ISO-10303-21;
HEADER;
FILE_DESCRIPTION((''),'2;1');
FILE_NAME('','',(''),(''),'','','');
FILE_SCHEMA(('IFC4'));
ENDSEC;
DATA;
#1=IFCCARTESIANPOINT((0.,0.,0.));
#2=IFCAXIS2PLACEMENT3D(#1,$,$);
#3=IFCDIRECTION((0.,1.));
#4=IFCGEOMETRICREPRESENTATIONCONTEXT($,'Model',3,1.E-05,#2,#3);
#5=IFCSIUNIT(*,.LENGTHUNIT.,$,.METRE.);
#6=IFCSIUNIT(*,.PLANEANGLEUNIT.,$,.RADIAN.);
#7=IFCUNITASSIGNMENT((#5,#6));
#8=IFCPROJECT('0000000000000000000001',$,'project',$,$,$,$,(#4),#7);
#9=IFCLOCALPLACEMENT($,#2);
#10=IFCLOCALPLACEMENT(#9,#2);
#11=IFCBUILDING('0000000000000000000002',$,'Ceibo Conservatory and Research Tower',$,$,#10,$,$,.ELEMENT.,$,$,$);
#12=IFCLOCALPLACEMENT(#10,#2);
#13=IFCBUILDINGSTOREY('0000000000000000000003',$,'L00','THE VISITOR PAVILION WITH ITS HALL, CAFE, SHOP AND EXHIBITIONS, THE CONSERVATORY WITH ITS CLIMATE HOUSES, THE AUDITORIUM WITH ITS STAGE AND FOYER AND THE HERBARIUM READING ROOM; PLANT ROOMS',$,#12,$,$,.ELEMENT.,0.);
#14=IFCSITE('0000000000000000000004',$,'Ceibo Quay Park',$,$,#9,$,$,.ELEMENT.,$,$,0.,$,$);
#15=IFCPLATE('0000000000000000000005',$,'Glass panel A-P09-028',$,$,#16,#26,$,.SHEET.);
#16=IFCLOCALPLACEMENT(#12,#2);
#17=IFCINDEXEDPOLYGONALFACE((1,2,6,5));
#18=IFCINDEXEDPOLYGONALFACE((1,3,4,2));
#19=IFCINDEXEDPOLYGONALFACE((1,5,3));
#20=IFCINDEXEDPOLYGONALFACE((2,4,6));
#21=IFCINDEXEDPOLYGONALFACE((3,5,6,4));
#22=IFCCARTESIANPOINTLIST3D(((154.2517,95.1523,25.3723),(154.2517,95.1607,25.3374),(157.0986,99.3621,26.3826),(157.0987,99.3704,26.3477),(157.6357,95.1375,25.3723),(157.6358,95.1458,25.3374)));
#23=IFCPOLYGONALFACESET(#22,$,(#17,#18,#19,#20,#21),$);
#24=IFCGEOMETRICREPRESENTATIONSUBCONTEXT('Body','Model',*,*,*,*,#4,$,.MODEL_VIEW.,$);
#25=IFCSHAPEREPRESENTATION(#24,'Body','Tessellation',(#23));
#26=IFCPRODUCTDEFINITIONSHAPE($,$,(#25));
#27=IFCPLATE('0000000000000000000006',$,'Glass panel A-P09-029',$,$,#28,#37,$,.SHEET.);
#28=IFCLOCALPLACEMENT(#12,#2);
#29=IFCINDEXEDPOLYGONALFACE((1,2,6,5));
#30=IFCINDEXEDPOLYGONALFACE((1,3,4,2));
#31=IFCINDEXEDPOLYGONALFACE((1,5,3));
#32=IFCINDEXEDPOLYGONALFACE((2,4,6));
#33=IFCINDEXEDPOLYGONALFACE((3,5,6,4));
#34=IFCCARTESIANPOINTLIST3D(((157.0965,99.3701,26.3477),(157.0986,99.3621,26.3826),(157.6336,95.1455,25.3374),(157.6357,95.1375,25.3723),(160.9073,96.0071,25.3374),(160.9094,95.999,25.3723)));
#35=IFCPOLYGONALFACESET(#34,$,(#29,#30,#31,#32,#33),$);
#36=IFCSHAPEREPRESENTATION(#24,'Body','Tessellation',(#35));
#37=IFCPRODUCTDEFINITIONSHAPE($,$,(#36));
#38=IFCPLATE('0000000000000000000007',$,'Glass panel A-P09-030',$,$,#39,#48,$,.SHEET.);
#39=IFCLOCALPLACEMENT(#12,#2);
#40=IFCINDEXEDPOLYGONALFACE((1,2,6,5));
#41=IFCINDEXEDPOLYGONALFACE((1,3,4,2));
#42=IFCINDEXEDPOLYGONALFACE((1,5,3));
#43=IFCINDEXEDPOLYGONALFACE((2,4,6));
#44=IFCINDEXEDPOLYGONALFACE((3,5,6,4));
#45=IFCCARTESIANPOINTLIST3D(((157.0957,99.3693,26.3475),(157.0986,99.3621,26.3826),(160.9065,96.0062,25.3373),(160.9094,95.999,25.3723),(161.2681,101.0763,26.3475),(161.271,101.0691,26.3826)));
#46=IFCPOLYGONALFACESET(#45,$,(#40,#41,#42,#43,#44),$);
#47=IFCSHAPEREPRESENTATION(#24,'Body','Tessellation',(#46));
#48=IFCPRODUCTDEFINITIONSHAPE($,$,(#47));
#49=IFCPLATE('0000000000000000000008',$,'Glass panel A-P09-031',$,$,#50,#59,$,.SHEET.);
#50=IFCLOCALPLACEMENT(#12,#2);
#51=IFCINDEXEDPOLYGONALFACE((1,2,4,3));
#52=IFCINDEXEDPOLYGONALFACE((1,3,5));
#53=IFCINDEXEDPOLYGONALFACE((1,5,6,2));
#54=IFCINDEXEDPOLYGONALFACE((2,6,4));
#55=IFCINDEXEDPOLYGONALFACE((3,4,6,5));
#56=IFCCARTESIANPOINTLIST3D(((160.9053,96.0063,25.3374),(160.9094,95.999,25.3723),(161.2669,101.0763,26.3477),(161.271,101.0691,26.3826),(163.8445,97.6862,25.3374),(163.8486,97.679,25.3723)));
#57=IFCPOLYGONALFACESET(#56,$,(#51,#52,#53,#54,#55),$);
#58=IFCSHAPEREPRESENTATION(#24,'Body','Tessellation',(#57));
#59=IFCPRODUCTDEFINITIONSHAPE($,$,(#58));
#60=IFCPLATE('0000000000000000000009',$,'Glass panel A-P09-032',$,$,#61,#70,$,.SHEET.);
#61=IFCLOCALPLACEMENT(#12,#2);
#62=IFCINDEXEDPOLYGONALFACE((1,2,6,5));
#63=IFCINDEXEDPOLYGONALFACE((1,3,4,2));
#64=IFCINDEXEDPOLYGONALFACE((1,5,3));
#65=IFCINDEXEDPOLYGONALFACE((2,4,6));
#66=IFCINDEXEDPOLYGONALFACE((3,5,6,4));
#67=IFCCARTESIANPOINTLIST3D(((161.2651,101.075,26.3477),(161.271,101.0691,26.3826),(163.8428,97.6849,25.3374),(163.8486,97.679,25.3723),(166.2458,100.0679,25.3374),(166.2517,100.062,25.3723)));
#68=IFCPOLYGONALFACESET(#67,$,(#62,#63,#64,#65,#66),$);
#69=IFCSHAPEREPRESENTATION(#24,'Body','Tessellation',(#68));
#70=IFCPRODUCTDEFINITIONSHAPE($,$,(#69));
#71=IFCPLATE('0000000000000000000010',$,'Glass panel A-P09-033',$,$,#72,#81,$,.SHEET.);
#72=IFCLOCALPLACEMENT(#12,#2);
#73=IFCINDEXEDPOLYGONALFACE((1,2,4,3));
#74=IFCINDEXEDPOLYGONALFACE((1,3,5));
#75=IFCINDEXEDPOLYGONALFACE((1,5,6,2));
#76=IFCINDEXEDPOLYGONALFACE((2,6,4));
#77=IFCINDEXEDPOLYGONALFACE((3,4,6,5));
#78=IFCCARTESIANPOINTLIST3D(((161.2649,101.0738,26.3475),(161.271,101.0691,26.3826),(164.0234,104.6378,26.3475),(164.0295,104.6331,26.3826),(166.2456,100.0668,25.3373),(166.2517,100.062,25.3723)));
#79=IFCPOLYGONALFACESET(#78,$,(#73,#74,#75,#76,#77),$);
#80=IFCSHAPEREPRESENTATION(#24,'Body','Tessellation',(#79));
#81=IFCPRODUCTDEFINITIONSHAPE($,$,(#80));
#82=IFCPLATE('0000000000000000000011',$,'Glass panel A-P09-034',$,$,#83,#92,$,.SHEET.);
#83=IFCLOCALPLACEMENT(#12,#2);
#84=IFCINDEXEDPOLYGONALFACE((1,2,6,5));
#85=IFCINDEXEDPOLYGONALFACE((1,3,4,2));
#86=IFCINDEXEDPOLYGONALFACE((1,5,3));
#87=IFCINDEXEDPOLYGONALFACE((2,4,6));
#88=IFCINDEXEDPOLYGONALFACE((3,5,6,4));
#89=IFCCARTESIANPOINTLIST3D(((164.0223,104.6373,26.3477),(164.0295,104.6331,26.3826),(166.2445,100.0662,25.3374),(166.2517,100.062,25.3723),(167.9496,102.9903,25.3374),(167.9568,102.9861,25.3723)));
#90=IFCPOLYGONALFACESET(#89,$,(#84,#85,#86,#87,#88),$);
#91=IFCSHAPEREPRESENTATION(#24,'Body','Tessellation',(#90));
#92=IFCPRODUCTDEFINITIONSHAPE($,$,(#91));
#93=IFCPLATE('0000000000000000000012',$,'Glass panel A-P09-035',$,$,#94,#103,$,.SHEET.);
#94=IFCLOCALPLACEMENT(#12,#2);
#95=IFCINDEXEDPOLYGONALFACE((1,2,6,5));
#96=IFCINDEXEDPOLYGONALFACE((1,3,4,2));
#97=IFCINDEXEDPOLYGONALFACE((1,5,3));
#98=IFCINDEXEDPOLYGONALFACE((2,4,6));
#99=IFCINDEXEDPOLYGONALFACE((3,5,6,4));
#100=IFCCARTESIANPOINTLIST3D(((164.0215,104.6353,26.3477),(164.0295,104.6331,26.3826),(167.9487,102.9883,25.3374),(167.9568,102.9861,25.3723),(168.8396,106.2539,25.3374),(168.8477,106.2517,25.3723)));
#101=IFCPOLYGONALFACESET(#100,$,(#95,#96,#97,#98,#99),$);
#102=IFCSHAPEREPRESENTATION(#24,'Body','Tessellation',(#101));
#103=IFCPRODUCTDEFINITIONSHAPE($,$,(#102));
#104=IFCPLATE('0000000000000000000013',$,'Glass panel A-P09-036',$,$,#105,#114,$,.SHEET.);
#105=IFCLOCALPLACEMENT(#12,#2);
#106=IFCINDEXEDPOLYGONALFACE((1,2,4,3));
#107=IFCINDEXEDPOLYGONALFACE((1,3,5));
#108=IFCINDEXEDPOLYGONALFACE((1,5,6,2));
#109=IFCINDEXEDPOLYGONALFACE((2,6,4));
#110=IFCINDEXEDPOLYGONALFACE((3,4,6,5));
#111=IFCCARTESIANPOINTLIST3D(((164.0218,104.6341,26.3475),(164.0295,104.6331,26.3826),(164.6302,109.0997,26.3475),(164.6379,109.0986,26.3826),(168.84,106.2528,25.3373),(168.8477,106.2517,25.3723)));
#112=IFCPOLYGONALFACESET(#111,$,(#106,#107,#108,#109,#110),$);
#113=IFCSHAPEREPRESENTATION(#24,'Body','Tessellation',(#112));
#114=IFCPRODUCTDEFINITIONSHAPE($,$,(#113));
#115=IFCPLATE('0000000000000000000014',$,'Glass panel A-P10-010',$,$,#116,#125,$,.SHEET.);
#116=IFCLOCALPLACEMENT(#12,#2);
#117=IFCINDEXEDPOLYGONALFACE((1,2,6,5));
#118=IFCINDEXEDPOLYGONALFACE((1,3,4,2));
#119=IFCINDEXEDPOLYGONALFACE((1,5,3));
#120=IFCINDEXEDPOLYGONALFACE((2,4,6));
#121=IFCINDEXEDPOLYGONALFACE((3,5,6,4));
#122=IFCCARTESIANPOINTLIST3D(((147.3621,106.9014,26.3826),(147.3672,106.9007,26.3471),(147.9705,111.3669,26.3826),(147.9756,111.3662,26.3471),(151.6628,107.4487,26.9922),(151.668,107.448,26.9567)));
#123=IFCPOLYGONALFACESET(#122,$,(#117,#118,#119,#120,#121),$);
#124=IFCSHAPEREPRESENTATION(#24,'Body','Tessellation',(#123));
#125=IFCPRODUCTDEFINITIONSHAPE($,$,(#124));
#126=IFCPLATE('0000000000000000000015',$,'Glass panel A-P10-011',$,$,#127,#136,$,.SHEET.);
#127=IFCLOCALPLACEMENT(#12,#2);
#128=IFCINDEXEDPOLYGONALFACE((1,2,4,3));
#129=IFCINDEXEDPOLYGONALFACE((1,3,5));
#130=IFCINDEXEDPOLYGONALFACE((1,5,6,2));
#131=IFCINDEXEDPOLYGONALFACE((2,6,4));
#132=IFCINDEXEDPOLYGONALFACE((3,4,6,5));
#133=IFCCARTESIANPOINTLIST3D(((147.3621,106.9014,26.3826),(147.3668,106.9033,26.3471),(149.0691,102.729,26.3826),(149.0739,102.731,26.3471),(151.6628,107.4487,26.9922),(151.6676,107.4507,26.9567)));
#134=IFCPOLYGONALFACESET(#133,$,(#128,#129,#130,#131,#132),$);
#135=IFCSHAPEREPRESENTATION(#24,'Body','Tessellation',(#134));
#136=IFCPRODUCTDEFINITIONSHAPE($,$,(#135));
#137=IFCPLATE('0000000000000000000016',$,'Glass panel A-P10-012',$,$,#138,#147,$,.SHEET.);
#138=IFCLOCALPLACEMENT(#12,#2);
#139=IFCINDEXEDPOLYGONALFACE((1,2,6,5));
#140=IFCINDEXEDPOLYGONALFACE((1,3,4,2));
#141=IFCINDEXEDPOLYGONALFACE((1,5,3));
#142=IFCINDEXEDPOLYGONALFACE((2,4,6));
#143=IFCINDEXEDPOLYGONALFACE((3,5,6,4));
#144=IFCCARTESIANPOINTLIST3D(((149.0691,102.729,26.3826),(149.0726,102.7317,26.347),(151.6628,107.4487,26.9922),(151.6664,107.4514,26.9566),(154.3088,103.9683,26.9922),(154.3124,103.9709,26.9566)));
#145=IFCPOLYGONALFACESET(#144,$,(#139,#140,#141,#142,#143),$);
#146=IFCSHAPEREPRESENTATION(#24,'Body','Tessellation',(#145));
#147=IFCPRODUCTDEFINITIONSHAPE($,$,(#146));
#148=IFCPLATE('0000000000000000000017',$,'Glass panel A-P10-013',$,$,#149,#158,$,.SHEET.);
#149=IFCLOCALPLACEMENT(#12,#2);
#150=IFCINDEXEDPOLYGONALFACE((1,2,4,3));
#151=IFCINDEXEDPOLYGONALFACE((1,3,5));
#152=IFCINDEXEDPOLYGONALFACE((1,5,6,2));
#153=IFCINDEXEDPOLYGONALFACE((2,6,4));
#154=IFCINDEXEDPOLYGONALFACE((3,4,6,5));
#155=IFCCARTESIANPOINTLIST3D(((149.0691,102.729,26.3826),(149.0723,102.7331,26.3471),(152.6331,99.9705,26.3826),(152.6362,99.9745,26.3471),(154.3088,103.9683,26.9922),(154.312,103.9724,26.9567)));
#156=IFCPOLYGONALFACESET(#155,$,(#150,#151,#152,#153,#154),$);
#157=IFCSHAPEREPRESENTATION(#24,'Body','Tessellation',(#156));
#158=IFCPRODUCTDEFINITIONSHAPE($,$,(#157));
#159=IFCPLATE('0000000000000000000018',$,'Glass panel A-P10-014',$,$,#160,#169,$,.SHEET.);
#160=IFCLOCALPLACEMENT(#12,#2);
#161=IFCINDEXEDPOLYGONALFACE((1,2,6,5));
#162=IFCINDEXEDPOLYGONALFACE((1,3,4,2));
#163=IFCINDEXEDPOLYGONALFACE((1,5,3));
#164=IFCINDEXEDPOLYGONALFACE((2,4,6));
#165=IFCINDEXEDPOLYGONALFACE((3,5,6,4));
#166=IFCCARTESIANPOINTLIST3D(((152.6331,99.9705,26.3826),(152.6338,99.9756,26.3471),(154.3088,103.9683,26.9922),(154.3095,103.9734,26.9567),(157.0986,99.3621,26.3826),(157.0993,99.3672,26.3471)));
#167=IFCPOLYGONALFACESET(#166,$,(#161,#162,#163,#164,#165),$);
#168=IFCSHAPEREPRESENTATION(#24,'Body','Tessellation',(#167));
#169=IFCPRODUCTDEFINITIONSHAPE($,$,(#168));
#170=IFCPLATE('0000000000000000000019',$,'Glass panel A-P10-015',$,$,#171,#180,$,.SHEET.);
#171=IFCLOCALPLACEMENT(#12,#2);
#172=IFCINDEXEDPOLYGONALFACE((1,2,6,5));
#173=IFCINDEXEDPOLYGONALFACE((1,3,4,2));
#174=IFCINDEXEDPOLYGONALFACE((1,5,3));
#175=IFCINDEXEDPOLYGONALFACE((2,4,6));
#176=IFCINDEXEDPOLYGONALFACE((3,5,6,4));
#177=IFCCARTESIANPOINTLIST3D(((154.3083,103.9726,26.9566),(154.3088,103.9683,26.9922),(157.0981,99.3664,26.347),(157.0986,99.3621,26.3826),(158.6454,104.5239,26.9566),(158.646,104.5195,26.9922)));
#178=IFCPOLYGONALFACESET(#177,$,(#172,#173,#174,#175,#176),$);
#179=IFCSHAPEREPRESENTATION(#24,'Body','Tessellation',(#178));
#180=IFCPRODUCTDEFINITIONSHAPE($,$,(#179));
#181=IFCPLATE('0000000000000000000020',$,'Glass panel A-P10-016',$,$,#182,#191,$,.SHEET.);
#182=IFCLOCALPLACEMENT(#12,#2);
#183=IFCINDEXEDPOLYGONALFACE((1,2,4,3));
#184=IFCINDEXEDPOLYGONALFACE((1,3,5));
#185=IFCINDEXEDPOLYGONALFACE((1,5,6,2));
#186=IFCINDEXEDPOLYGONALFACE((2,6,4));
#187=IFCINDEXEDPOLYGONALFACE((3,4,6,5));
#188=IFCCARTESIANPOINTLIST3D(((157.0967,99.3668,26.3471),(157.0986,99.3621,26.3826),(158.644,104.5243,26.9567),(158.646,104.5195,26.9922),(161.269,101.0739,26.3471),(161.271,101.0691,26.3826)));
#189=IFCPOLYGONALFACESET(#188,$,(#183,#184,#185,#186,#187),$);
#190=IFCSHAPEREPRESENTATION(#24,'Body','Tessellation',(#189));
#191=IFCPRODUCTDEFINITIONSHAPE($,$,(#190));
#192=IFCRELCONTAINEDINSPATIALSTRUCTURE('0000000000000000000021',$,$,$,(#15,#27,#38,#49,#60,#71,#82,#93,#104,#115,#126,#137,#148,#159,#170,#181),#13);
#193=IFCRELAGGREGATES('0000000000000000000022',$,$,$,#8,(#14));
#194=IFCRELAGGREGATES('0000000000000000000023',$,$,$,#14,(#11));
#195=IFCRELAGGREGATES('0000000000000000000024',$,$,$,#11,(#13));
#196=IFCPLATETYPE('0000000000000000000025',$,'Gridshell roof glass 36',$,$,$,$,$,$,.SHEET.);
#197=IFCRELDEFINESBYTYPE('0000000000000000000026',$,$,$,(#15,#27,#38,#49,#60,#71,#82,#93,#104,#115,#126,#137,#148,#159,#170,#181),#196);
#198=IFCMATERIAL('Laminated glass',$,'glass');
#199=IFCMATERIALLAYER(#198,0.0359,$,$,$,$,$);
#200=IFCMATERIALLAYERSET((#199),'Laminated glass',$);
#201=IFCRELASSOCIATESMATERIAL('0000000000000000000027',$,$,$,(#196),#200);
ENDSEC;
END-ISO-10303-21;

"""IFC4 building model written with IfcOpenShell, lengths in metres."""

from ifc_helpers import new_model, si_unit, direction, frame, origin, place, context, subcontext, project, spatial, polyline, outline, extrude, material, layer, layer_set, type_object, element, save


model = new_model("IFC4")

# Units and contexts
model_context = context("Model", 3, precision=1e-05, world=origin(), true_north=direction((0.0, 1.0)))
body_context = subcontext(model_context, "Body", "Model", "MODEL_VIEW")
ifc_project = project(units=[si_unit("LENGTHUNIT", "METRE"), si_unit("PLANEANGLEUNIT", "RADIAN")], contexts=[model_context])

# Site, building, storey
site_placement = place(None, origin())
site = spatial("IfcSite", under=ifc_project, at=site_placement, Name="Ceibo Quay Park", CompositionType="ELEMENT", RefElevation=0.0)
building_placement = place(site_placement, origin())
building = spatial("IfcBuilding", under=site, at=building_placement, Name="Ceibo Conservatory and Research Tower", CompositionType="ELEMENT")
storey_placement = place(building_placement, origin())
storey = spatial("IfcBuildingStorey", under=building, at=storey_placement, Name="L00", Description="THE VISITOR PAVILION WITH ITS HALL, CAFE, SHOP AND EXHIBITIONS, THE CONSERVATORY WITH ITS CLIMATE HOUSES, THE AUDITORIUM WITH ITS STAGE AND FOYER AND THE HERBARIUM READING ROOM; PLANT ROOMS", CompositionType="ELEMENT", Elevation=0.0)

# Plates
ifc_material_1 = material(Name="Laminated glass", Category="glass")
ifc_layer = layer(ifc_material_1, 0.0359)
ifc_layer_set = layer_set([ifc_layer], Name="Laminated glass")
plate_type = type_object("IfcPlateType", Name="Gridshell roof glass 36", PredefinedType="SHEET", material=ifc_layer_set)
plate_1_placement = place(storey_placement, frame((157.0986, 99.3621, 26.3826), z_axis=(-0.001024, -0.232701, 0.972548), x_axis=(-0.549447, -0.812461, -0.194976)))
element("IfcPlate", 1, at=plate_1_placement, inside=storey, type_object=plate_type, Name="Glass panel A-P09-028", PredefinedType="SHEET", context=body_context, shape_type="SweptSolid", body=[
    extrude(outline(polyline([(0.0, 0.0), (5.1814, 0.0), (3.3342, 2.8354), (0.0, 0.0)])), origin(), (0.0, 0.0, -1.0), 0.0359),
])
plate_2_placement = place(storey_placement, frame((157.0986, 99.3621, 26.3826), z_axis=(0.059227, -0.225041, 0.972548), x_axis=(0.122717, -0.965227, -0.23082)))
element("IfcPlate", 2, at=plate_2_placement, inside=storey, type_object=plate_type, Name="Glass panel A-P09-029", PredefinedType="SHEET", context=body_context, shape_type="SweptSolid", body=[
    extrude(outline(polyline([(0.0, 0.0), (4.3768, 0.0), (3.9469, 3.3578), (0.0, 0.0)])), origin(), (0.0, 0.0, -1.0), 0.0359),
])
plate_3_placement = place(storey_placement, frame((157.0986, 99.3621, 26.3826), z_axis=(0.081981, -0.200379, 0.976282), x_axis=(0.735395, -0.648989, -0.194956)))
element("IfcPlate", 3, at=plate_3_placement, inside=storey, type_object=plate_type, Name="Glass panel A-P09-030", PredefinedType="SHEET", context=body_context, shape_type="SweptSolid", body=[
    extrude(outline(polyline([(0.0, 0.0), (5.182, 0.0), (1.9605, 4.0594), (0.0, 0.0)])), origin(), (0.0, 0.0, -1.0), 0.0359),
])
plate_4_placement = place(storey_placement, frame((161.271, 101.0691, 26.3826), z_axis=(0.115468, -0.202023, 0.97255), x_axis=(-0.06977, -0.97833, -0.194941)))
element("IfcPlate", 4, at=plate_4_placement, inside=storey, type_object=plate_type, Name="Glass panel A-P09-031", PredefinedType="SHEET", context=body_context, shape_type="SweptSolid", body=[
    extrude(outline(polyline([(0.0, 0.0), (5.1824, 0.0), (3.3338, 2.8362), (0.0, 0.0)])), origin(), (0.0, 0.0, -1.0), 0.0359),
])
plate_5_placement = place(storey_placement, frame((161.271, 101.0691, 26.3826), z_axis=(0.163856, -0.165232, 0.972548), x_axis=(0.588909, -0.77454, -0.230811)))
element("IfcPlate", 5, at=plate_5_placement, inside=storey, type_object=plate_type, Name="Glass panel A-P09-032", PredefinedType="SHEET", context=body_context, shape_type="SweptSolid", body=[
    extrude(outline(polyline([(0.0, 0.0), (4.377, 0.0), (3.9464, 3.3568), (0.0, 0.0)])), origin(), (0.0, 0.0, -1.0), 0.0359),
])
plate_6_placement = place(storey_placement, frame((161.271, 101.0691, 26.3826), z_axis=(0.171225, -0.13253, 0.976278), x_axis=(0.96135, -0.194381, -0.194994)))
element("IfcPlate", 6, at=plate_6_placement, inside=storey, type_object=plate_type, Name="Glass panel A-P09-033", PredefinedType="SHEET", context=body_context, shape_type="SweptSolid", body=[
    extrude(outline(polyline([(0.0, 0.0), (5.181, 0.0), (1.9592, 4.0587), (0.0, 0.0)])), origin(), (0.0, 0.0, -1.0), 0.0359),
])
plate_7_placement = place(storey_placement, frame((164.0295, 104.6331, 26.3826), z_axis=(0.201022, -0.11722, 0.972548), x_axis=(0.428825, -0.882101, -0.194955)))
element("IfcPlate", 7, at=plate_7_placement, inside=storey, type_object=plate_type, Name="Glass panel A-P09-034", PredefinedType="SHEET", context=body_context, shape_type="SweptSolid", body=[
    extrude(outline(polyline([(0.0, 0.0), (5.182, 0.0), (3.3338, 2.8358), (0.0, 0.0)])), origin(), (0.0, 0.0, -1.0), 0.0359),
])
plate_8_placement = place(storey_placement, frame((164.0295, 104.6331, 26.3826), z_axis=(0.224497, -0.061243, 0.972548), x_axis=(0.897287, -0.376296, -0.23082)))
element("IfcPlate", 8, at=plate_8_placement, inside=storey, type_object=plate_type, Name="Glass panel A-P09-035", PredefinedType="SHEET", context=body_context, shape_type="SweptSolid", body=[
    extrude(outline(polyline([(0.0, 0.0), (4.3768, 0.0), (3.9473, 3.3576), (0.0, 0.0)])), origin(), (0.0, 0.0, -1.0), 0.0359),
])
plate_9_placement = place(storey_placement, frame((164.0295, 104.6331, 26.3826), z_axis=(0.214524, -0.029227, 0.976281), x_axis=(0.929749, 0.31235, -0.194948)))
element("IfcPlate", 9, at=plate_9_placement, inside=storey, type_object=plate_type, Name="Glass panel A-P09-036", PredefinedType="SHEET", context=body_context, shape_type="SweptSolid", body=[
    extrude(outline(polyline([(0.0, 0.0), (5.1822, 0.0), (1.9605, 4.0581), (0.0, 0.0)])), origin(), (0.0, 0.0, -1.0), 0.0359),
])
plate_10_placement = place(storey_placement, frame((151.6628, 107.4487, 26.9922), z_axis=(-0.142743, 0.019448, 0.989569), x_axis=(-0.681468, 0.723147, -0.112512)))
element("IfcPlate", 10, at=plate_10_placement, inside=storey, type_object=plate_type, Name="Glass panel A-P10-010", PredefinedType="SHEET", context=body_context, shape_type="SweptSolid", body=[
    extrude(outline(polyline([(0.0, 0.0), (5.4183, 0.0), (2.6036, 3.5198), (0.0, 0.0)])), origin(), (0.0, 0.0, -1.0), 0.0359),
])
plate_11_placement = place(storey_placement, frame((151.6628, 107.4487, 26.9922), z_axis=(-0.133325, -0.054547, 0.98957), x_axis=(-0.982334, -0.125022, -0.139242)))
element("IfcPlate", 11, at=plate_11_placement, inside=storey, type_object=plate_type, Name="Glass panel A-P10-011", PredefinedType="SHEET", context=body_context, shape_type="SweptSolid", body=[
    extrude(outline(polyline([(0.0, 0.0), (4.3781, 0.0), (3.2229, 4.3575), (0.0, 0.0)])), origin(), (0.0, 0.0, -1.0), 0.0359),
])
plate_12_placement = place(storey_placement, frame((151.6628, 107.4487, 26.9922), z_axis=(-0.097866, -0.074402, 0.992415), x_axis=(-0.478563, -0.870819, -0.112479)))
element("IfcPlate", 12, at=plate_12_placement, inside=storey, type_object=plate_type, Name="Glass panel A-P10-012", PredefinedType="SHEET", context=body_context, shape_type="SweptSolid", body=[
    extrude(outline(polyline([(0.0, 0.0), (5.4199, 0.0), (1.7646, 4.0002), (0.0, 0.0)])), origin(), (0.0, 0.0, -1.0), 0.0359),
])
plate_13_placement = place(storey_placement, frame((154.3088, 103.9683, 26.9922), z_axis=(-0.088185, -0.113933, 0.989567), x_axis=(-0.966974, -0.2287, -0.112503)))
element("IfcPlate", 13, at=plate_13_placement, inside=storey, type_object=plate_type, Name="Glass panel A-P10-013", PredefinedType="SHEET", context=body_context, shape_type="SweptSolid", body=[
    extrude(outline(polyline([(0.0, 0.0), (5.4187, 0.0), (2.6033, 3.5192), (0.0, 0.0)])), origin(), (0.0, 0.0, -1.0), 0.0359),
])
plate_14_placement = place(storey_placement, frame((154.3088, 103.9683, 26.9922), z_axis=(-0.019448, -0.142746, 0.989568), x_axis=(-0.382819, -0.913266, -0.139263)))
element("IfcPlate", 14, at=plate_14_placement, inside=storey, type_object=plate_type, Name="Glass panel A-P10-014", PredefinedType="SHEET", context=body_context, shape_type="SweptSolid", body=[
    extrude(outline(polyline([(0.0, 0.0), (4.3775, 0.0), (3.2236, 4.3566), (0.0, 0.0)])), origin(), (0.0, 0.0, -1.0), 0.0359),
])
plate_15_placement = place(storey_placement, frame((154.3088, 103.9683, 26.9922), z_axis=(0.015501, -0.121955, 0.992415), x_axis=(0.514764, -0.849921, -0.112485)))
element("IfcPlate", 15, at=plate_15_placement, inside=storey, type_object=plate_type, Name="Glass panel A-P10-015", PredefinedType="SHEET", context=body_context, shape_type="SweptSolid", body=[
    extrude(outline(polyline([(0.0, 0.0), (5.4196, 0.0), (1.7641, 4.0004), (0.0, 0.0)])), origin(), (0.0, 0.0, -1.0), 0.0359),
])
plate_16_placement = place(storey_placement, frame((158.646, 104.5195, 26.9922), z_axis=(0.054551, -0.133335, 0.989569), x_axis=(-0.285544, -0.95174, -0.112497)))
element("IfcPlate", 16, at=plate_16_placement, inside=storey, type_object=plate_type, Name="Glass panel A-P10-016", PredefinedType="SHEET", context=body_context, shape_type="SweptSolid", body=[
    extrude(outline(polyline([(0.0, 0.0), (5.419, 0.0), (2.6029, 3.5203), (0.0, 0.0)])), origin(), (0.0, 0.0, -1.0), 0.0359),
])

save(model, "model.ifc")
